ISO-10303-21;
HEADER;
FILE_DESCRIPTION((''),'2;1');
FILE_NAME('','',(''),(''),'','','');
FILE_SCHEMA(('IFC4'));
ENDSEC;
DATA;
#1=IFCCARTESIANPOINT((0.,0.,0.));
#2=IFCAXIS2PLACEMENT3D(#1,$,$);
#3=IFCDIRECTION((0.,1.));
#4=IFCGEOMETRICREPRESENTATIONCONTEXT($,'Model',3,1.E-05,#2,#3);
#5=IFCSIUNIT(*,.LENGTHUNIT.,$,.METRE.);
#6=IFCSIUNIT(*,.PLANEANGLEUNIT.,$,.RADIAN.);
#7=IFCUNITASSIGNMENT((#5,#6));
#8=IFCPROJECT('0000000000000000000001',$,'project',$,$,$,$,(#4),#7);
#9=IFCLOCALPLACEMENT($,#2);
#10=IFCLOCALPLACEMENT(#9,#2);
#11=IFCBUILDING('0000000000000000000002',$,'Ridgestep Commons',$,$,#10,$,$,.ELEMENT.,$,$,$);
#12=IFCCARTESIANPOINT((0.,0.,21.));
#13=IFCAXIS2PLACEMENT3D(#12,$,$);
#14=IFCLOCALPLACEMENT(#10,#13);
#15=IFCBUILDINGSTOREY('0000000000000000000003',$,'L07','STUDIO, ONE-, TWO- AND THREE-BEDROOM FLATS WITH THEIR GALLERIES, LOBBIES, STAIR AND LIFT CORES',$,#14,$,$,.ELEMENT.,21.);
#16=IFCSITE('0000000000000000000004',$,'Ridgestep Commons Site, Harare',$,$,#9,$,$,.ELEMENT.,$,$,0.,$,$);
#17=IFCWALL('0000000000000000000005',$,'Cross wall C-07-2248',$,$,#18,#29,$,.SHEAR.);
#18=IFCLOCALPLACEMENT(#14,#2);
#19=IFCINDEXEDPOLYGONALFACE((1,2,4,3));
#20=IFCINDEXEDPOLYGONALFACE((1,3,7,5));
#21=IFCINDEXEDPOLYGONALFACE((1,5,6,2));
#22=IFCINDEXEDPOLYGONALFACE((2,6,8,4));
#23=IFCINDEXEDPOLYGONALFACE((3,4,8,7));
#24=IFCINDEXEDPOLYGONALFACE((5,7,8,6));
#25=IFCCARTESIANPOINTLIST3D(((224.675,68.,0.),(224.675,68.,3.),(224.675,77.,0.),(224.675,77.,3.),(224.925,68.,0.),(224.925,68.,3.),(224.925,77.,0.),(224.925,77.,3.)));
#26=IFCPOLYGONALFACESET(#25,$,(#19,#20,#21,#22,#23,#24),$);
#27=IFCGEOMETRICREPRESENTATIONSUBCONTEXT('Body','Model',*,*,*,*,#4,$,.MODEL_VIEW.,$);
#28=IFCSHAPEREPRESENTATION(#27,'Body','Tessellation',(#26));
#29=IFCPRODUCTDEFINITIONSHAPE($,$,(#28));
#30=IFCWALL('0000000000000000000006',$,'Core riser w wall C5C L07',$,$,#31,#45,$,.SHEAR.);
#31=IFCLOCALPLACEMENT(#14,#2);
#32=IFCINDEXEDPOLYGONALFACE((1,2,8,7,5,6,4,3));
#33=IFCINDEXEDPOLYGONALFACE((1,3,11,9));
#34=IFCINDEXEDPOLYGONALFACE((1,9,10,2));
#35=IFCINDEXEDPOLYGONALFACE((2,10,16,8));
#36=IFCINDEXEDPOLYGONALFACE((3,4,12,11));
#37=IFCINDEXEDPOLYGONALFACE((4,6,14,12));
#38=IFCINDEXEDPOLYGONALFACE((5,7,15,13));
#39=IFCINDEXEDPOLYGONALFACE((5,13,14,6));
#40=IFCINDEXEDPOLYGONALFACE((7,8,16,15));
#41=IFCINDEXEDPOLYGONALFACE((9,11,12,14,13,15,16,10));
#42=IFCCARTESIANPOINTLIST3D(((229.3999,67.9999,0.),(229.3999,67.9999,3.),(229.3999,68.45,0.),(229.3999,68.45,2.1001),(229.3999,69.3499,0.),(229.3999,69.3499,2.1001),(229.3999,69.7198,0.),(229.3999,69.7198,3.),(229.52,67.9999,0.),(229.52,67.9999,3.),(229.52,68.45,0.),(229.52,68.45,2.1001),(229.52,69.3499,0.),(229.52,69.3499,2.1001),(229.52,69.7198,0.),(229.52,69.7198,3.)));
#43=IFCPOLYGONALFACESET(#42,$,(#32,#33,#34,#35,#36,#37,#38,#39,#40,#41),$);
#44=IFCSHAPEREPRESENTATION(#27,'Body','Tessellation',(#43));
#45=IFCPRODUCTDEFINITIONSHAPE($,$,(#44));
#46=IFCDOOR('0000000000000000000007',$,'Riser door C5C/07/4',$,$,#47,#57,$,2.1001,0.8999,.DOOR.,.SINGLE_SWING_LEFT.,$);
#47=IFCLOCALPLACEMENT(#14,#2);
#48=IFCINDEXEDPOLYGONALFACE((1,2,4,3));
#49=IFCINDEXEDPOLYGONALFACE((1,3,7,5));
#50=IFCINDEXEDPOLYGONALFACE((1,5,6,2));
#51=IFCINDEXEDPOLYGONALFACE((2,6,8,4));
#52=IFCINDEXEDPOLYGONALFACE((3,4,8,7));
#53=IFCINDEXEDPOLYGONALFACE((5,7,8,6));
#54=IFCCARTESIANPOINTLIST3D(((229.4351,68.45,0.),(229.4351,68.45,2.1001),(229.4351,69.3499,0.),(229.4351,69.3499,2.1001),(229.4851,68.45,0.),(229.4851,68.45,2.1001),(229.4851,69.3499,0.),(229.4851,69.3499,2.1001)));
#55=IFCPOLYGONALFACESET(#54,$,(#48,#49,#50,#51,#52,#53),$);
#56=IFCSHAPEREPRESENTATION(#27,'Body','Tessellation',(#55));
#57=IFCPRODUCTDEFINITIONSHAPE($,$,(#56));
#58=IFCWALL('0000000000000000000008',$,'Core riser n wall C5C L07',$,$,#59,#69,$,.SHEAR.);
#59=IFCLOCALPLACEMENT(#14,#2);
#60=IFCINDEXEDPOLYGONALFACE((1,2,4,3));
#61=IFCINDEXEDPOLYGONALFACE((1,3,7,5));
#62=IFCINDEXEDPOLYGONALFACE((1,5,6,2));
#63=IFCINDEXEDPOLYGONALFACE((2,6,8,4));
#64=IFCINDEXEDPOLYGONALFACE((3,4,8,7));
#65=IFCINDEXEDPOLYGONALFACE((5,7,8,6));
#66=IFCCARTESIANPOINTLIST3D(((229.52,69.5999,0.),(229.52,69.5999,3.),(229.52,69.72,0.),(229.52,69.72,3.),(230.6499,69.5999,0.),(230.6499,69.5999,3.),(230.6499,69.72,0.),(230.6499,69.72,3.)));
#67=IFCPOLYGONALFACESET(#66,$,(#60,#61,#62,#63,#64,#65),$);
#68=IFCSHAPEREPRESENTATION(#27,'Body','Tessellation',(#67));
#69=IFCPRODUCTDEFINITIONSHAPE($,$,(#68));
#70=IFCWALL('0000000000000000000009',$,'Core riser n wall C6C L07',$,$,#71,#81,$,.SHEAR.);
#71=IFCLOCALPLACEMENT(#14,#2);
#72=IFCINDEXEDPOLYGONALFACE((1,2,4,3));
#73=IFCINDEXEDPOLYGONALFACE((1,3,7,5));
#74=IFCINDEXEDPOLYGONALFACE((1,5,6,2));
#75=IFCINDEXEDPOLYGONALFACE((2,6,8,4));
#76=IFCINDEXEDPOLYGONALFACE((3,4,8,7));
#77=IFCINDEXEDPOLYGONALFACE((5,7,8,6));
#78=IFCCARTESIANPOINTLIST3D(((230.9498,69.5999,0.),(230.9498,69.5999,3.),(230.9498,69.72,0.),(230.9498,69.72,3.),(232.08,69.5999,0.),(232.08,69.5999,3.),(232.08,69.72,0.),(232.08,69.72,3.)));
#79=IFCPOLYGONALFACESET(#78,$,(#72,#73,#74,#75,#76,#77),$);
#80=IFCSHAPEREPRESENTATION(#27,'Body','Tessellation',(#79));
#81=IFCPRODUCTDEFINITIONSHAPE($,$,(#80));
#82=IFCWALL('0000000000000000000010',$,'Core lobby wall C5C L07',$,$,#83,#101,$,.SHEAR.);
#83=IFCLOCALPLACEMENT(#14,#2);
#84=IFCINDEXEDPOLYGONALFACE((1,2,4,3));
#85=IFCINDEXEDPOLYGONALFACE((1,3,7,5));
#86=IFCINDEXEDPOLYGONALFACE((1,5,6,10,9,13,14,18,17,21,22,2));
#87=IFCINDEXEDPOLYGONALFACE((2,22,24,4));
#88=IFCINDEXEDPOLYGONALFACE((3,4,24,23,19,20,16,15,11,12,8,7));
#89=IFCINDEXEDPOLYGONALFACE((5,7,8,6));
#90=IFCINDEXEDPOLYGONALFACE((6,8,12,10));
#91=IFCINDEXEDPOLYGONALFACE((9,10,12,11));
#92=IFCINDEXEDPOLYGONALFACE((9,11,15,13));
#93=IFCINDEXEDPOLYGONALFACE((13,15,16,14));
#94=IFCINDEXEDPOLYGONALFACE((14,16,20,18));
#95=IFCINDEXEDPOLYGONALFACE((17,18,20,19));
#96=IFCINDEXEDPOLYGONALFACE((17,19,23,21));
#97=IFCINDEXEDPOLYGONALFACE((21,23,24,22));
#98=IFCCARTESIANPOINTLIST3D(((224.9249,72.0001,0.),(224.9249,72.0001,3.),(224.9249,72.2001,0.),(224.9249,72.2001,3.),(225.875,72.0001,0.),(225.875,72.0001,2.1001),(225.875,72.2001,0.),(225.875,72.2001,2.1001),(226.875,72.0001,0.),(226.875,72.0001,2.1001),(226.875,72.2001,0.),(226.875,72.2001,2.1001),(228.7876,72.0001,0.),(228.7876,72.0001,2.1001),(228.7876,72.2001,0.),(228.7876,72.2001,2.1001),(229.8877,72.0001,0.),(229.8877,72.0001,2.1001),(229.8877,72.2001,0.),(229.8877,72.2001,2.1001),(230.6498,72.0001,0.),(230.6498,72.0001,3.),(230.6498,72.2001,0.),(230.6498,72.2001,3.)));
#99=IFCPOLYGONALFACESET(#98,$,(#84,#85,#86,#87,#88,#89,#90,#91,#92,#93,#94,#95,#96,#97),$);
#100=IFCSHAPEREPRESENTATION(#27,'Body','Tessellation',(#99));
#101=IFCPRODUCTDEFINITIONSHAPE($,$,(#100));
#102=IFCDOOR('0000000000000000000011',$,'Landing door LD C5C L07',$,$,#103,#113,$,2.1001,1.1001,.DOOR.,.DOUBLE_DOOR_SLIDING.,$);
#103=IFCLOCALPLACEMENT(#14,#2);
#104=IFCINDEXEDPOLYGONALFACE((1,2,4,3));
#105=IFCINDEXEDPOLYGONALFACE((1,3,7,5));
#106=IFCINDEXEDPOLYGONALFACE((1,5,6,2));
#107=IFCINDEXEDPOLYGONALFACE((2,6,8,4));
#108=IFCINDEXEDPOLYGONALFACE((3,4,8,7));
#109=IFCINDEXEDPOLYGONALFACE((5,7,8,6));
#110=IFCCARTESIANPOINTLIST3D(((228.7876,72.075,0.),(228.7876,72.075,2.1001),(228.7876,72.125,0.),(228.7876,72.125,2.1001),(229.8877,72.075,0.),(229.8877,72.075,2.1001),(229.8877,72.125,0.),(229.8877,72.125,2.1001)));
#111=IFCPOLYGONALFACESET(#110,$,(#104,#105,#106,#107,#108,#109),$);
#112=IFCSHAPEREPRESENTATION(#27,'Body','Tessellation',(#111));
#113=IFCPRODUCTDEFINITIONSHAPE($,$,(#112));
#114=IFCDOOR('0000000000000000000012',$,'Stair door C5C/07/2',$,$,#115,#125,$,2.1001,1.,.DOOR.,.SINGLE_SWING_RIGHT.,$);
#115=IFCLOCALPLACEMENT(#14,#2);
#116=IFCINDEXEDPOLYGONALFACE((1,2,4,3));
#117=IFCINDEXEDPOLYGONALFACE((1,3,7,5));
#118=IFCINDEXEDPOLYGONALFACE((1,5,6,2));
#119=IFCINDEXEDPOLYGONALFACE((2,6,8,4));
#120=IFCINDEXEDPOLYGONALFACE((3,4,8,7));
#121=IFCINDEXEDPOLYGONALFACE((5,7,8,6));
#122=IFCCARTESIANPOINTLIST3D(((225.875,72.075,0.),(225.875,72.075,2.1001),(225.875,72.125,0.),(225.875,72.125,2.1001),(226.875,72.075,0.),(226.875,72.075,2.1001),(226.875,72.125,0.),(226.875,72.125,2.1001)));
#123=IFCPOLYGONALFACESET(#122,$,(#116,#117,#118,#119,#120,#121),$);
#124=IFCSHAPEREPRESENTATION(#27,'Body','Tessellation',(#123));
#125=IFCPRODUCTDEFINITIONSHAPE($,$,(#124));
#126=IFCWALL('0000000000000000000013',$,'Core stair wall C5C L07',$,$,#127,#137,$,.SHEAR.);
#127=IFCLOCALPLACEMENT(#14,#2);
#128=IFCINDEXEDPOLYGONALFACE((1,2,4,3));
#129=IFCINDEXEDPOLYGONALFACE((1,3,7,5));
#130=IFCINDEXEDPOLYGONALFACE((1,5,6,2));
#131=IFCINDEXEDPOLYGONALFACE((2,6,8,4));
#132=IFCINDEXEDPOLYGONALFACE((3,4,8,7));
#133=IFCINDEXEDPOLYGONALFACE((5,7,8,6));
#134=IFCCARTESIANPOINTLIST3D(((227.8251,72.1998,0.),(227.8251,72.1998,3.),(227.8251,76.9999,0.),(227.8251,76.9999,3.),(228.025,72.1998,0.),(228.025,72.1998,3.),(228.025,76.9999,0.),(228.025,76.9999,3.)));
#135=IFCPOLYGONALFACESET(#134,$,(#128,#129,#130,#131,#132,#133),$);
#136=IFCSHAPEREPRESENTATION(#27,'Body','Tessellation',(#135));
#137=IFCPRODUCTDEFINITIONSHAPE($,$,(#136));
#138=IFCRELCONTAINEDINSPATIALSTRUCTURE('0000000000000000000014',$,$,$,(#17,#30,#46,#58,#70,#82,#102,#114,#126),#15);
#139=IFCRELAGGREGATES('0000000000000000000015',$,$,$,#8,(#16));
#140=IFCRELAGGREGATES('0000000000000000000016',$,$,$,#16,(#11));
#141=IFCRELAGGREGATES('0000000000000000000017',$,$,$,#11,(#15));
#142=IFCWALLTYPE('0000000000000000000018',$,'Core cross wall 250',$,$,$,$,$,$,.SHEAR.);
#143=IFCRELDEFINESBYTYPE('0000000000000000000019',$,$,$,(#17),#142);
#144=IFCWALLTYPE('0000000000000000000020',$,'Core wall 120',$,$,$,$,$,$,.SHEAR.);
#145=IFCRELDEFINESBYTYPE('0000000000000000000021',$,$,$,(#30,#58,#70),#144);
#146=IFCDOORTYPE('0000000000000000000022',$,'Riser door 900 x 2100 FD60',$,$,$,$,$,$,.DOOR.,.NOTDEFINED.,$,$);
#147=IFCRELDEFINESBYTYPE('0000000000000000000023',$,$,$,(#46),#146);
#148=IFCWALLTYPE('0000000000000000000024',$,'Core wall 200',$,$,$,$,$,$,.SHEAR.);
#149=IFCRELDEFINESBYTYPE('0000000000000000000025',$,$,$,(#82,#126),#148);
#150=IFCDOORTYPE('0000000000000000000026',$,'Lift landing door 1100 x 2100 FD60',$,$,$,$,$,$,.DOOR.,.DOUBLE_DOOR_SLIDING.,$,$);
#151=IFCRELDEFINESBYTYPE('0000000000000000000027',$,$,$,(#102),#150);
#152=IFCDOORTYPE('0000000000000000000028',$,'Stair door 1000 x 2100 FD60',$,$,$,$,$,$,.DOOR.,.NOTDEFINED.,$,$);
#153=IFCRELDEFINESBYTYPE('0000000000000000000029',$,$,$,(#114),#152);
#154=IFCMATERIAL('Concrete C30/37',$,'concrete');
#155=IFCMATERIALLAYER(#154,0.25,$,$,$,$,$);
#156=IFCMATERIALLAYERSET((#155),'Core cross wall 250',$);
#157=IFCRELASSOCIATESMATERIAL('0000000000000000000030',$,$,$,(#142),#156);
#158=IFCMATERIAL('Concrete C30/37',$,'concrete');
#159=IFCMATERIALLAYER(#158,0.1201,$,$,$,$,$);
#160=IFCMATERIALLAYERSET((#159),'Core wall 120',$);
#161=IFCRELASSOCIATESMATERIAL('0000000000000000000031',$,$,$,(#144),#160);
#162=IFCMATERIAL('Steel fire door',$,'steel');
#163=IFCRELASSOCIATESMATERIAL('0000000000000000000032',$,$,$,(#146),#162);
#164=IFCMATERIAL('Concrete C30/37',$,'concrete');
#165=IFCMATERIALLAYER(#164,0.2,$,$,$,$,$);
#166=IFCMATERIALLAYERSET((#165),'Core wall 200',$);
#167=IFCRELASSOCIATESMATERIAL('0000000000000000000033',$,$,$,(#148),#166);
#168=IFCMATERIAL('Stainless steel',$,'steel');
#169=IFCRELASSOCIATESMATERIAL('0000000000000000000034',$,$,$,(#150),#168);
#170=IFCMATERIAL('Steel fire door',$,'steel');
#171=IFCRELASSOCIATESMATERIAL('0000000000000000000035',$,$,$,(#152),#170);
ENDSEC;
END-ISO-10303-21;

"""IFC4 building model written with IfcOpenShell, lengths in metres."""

from ifc_helpers import new_model, si_unit, direction, frame, frame_2d, origin, place, context, subcontext, project, spatial, rectangle, extrude, material, layer, layer_set, type_object, element, fill, save


model = new_model("IFC4")

# Units and contexts
model_context = context("Model", 3, precision=1e-05, world=origin(), true_north=direction((0.0, 1.0)))
body_context = subcontext(model_context, "Body", "Model", "MODEL_VIEW")
ifc_project = project(units=[si_unit("LENGTHUNIT", "METRE"), si_unit("PLANEANGLEUNIT", "RADIAN")], contexts=[model_context])

# Site, building, storey
site_placement = place(None, origin())
site = spatial("IfcSite", under=ifc_project, at=site_placement, Name="Ridgestep Commons Site, Harare", CompositionType="ELEMENT", RefElevation=0.0)
building_placement = place(site_placement, origin())
building = spatial("IfcBuilding", under=site, at=building_placement, Name="Ridgestep Commons", CompositionType="ELEMENT")
storey_placement = place(building_placement, frame((0.0, 0.0, 21.0)))
storey = spatial("IfcBuildingStorey", under=building, at=storey_placement, Name="L07", Description="STUDIO, ONE-, TWO- AND THREE-BEDROOM FLATS WITH THEIR GALLERIES, LOBBIES, STAIR AND LIFT CORES", CompositionType="ELEMENT", Elevation=21.0)

# Wall
ifc_material_1 = material(Name="Concrete C30/37", Category="concrete")
ifc_layer_1 = layer(ifc_material_1, 0.25)
ifc_layer_set_1 = layer_set([ifc_layer_1], Name="Core cross wall 250")
wall_type_1 = type_object("IfcWallType", Name="Core cross wall 250", PredefinedType="SHEAR", material=ifc_layer_set_1)
wall_1_placement = place(storey_placement, frame((224.8, 68.0, 0.0), z_axis=(0.0, 0.0, 1.0), x_axis=(0.0, 1.0, 0.0)))
element("IfcWall", 1, at=wall_1_placement, inside=storey, type_object=wall_type_1, Name="Cross wall C-07-2248", PredefinedType="SHEAR", context=body_context, shape_type="SweptSolid", body=[
    extrude(rectangle(XDim=9.0, YDim=0.25, at=frame_2d((4.5, 0.0))), origin(), (0.0, 0.0, 1.0), 3.0),
])

# Wall, opening, door
ifc_material_2 = material(Name="Concrete C30/37", Category="concrete")
ifc_layer_2 = layer(ifc_material_2, 0.1201)
ifc_layer_set_2 = layer_set([ifc_layer_2], Name="Core wall 120")
wall_type_2 = type_object("IfcWallType", Name="Core wall 120", PredefinedType="SHEAR", material=ifc_layer_set_2)
wall_2_placement = place(storey_placement, frame((229.46, 68.0, 0.0), z_axis=(0.0, 0.0, 1.0), x_axis=(0.0, 1.0, 0.0)))
wall_2 = element("IfcWall", 2, at=wall_2_placement, inside=storey, type_object=wall_type_2, Name="Core riser w wall C5C L07", PredefinedType="SHEAR", context=body_context, shape_type="SweptSolid", body=[
    extrude(rectangle(XDim=1.72, YDim=0.1201, at=frame_2d((0.8599, 0.0))), origin(), (0.0, 0.0, 1.0), 3.0),
])
opening_1_placement = place(wall_2_placement, frame((0.45, 0.0, 0.0)))
opening_1 = element("IfcOpeningElement", 3, at=opening_1_placement, cuts=wall_2, PredefinedType="OPENING", context=body_context, shape_type="SweptSolid", body=[
    extrude(rectangle(XDim=0.8999, YDim=2.1001, at=frame_2d((0.45, 1.05))), frame((0.0, 0.0701, 0.0), z_axis=(0.0, -1.0, 0.0), x_axis=(1.0, 0.0, 0.0)), (0.0, 0.0, 1.0), 0.1401),
])
ifc_material_3 = material(Name="Steel fire door", Category="steel")
door_type_1 = type_object("IfcDoorType", Name="Riser door 900 x 2100 FD60", OperationType="NOTDEFINED", PredefinedType="DOOR", material=ifc_material_3)
door_1_placement = place(opening_1_placement, origin())
door_1 = element("IfcDoor", 4, at=door_1_placement, inside=storey, type_object=door_type_1, Name="Riser door C5C/07/4", OperationType="SINGLE_SWING_LEFT", OverallHeight=2.1001, OverallWidth=0.8999, PredefinedType="DOOR", context=body_context, shape_type="SweptSolid", body=[
    extrude(rectangle(XDim=0.8999, YDim=2.1001, at=frame_2d((0.45, 1.05))), frame((0.0, 0.0249, 0.0), z_axis=(0.0, -1.0, 0.0), x_axis=(1.0, 0.0, 0.0)), (0.0, 0.0, 1.0), 0.05),
])
fill(opening_1, door_1)

# Walls
wall_3_placement = place(storey_placement, frame((229.52, 69.6599, 0.0), z_axis=(0.0, 0.0, 1.0), x_axis=(1.0, 0.0, 0.0)))
element("IfcWall", 5, at=wall_3_placement, inside=storey, type_object=wall_type_2, Name="Core riser n wall C5C L07", PredefinedType="SHEAR", context=body_context, shape_type="SweptSolid", body=[
    extrude(rectangle(XDim=1.1299, YDim=0.1201, at=frame_2d((0.5649, 0.0))), origin(), (0.0, 0.0, 1.0), 3.0),
])
wall_4_placement = place(storey_placement, frame((230.95, 69.6599, 0.0), z_axis=(0.0, 0.0, 1.0), x_axis=(1.0, 0.0, 0.0)))
element("IfcWall", 6, at=wall_4_placement, inside=storey, type_object=wall_type_2, Name="Core riser n wall C6C L07", PredefinedType="SHEAR", context=body_context, shape_type="SweptSolid", body=[
    extrude(rectangle(XDim=1.1301, YDim=0.1201, at=frame_2d((0.5649, 0.0))), origin(), (0.0, 0.0, 1.0), 3.0),
])

# Wall, openings, doors
ifc_material_4 = material(Name="Concrete C30/37", Category="concrete")
ifc_layer_3 = layer(ifc_material_4, 0.2)
ifc_layer_set_3 = layer_set([ifc_layer_3], Name="Core wall 200")
wall_type_3 = type_object("IfcWallType", Name="Core wall 200", PredefinedType="SHEAR", material=ifc_layer_set_3)
wall_5_placement = place(storey_placement, frame((224.925, 72.1001, 0.0), z_axis=(0.0, 0.0, 1.0), x_axis=(1.0, 0.0, 0.0)))
wall_5 = element("IfcWall", 7, at=wall_5_placement, inside=storey, type_object=wall_type_3, Name="Core lobby wall C5C L07", PredefinedType="SHEAR", context=body_context, shape_type="SweptSolid", body=[
    extrude(rectangle(XDim=5.7249, YDim=0.2, at=frame_2d((2.8623, 0.0))), origin(), (0.0, 0.0, 1.0), 3.0),
])
opening_2_placement = place(wall_5_placement, frame((0.95, 0.0, 0.0)))
opening_2 = element("IfcOpeningElement", 8, at=opening_2_placement, cuts=wall_5, PredefinedType="OPENING", context=body_context, shape_type="SweptSolid", body=[
    extrude(rectangle(XDim=1.0, YDim=2.1001, at=frame_2d((0.5, 1.05))), frame((0.0, 0.1099, 0.0), z_axis=(0.0, -1.0, 0.0), x_axis=(1.0, 0.0, 0.0)), (0.0, 0.0, 1.0), 0.22),
])
opening_3_placement = place(wall_5_placement, frame((3.8625, 0.0, 0.0)))
opening_3 = element("IfcOpeningElement", 9, at=opening_3_placement, cuts=wall_5, PredefinedType="OPENING", context=body_context, shape_type="SweptSolid", body=[
    extrude(rectangle(XDim=1.1001, YDim=2.1001, at=frame_2d((0.55, 1.05))), frame((0.0, 0.1099, 0.0), z_axis=(0.0, -1.0, 0.0), x_axis=(1.0, 0.0, 0.0)), (0.0, 0.0, 1.0), 0.22),
])
ifc_material_5 = material(Name="Stainless steel", Category="steel")
door_type_2 = type_object("IfcDoorType", Name="Lift landing door 1100 x 2100 FD60", OperationType="DOUBLE_DOOR_SLIDING", PredefinedType="DOOR", material=ifc_material_5)
door_2_placement = place(opening_3_placement, origin())
door_2 = element("IfcDoor", 10, at=door_2_placement, inside=storey, type_object=door_type_2, Name="Landing door LD C5C L07", OperationType="DOUBLE_DOOR_SLIDING", OverallHeight=2.1001, OverallWidth=1.1001, PredefinedType="DOOR", context=body_context, shape_type="SweptSolid", body=[
    extrude(rectangle(XDim=1.1001, YDim=2.1001, at=frame_2d((0.55, 1.05))), frame((0.0, 0.0249, 0.0), z_axis=(0.0, -1.0, 0.0), x_axis=(1.0, 0.0, 0.0)), (0.0, 0.0, 1.0), 0.05),
])
fill(opening_3, door_2)
ifc_material_6 = material(Name="Steel fire door", Category="steel")
door_type_3 = type_object("IfcDoorType", Name="Stair door 1000 x 2100 FD60", OperationType="NOTDEFINED", PredefinedType="DOOR", material=ifc_material_6)
door_3_placement = place(opening_2_placement, origin())
door_3 = element("IfcDoor", 11, at=door_3_placement, inside=storey, type_object=door_type_3, Name="Stair door C5C/07/2", OperationType="SINGLE_SWING_RIGHT", OverallHeight=2.1001, OverallWidth=1.0, PredefinedType="DOOR", context=body_context, shape_type="SweptSolid", body=[
    extrude(rectangle(XDim=1.0, YDim=2.1001, at=frame_2d((0.5, 1.05))), frame((0.0, 0.0249, 0.0), z_axis=(0.0, -1.0, 0.0), x_axis=(1.0, 0.0, 0.0)), (0.0, 0.0, 1.0), 0.05),
])
fill(opening_2, door_3)

# Wall
wall_6_placement = place(storey_placement, frame((227.925, 72.2, 0.0), z_axis=(0.0, 0.0, 1.0), x_axis=(0.0, 1.0, 0.0)))
element("IfcWall", 12, at=wall_6_placement, inside=storey, type_object=wall_type_3, Name="Core stair wall C5C L07", PredefinedType="SHEAR", context=body_context, shape_type="SweptSolid", body=[
    extrude(rectangle(XDim=4.8, YDim=0.2, at=frame_2d((2.3999, 0.0))), origin(), (0.0, 0.0, 1.0), 3.0),
])

save(model, "model.ifc")
